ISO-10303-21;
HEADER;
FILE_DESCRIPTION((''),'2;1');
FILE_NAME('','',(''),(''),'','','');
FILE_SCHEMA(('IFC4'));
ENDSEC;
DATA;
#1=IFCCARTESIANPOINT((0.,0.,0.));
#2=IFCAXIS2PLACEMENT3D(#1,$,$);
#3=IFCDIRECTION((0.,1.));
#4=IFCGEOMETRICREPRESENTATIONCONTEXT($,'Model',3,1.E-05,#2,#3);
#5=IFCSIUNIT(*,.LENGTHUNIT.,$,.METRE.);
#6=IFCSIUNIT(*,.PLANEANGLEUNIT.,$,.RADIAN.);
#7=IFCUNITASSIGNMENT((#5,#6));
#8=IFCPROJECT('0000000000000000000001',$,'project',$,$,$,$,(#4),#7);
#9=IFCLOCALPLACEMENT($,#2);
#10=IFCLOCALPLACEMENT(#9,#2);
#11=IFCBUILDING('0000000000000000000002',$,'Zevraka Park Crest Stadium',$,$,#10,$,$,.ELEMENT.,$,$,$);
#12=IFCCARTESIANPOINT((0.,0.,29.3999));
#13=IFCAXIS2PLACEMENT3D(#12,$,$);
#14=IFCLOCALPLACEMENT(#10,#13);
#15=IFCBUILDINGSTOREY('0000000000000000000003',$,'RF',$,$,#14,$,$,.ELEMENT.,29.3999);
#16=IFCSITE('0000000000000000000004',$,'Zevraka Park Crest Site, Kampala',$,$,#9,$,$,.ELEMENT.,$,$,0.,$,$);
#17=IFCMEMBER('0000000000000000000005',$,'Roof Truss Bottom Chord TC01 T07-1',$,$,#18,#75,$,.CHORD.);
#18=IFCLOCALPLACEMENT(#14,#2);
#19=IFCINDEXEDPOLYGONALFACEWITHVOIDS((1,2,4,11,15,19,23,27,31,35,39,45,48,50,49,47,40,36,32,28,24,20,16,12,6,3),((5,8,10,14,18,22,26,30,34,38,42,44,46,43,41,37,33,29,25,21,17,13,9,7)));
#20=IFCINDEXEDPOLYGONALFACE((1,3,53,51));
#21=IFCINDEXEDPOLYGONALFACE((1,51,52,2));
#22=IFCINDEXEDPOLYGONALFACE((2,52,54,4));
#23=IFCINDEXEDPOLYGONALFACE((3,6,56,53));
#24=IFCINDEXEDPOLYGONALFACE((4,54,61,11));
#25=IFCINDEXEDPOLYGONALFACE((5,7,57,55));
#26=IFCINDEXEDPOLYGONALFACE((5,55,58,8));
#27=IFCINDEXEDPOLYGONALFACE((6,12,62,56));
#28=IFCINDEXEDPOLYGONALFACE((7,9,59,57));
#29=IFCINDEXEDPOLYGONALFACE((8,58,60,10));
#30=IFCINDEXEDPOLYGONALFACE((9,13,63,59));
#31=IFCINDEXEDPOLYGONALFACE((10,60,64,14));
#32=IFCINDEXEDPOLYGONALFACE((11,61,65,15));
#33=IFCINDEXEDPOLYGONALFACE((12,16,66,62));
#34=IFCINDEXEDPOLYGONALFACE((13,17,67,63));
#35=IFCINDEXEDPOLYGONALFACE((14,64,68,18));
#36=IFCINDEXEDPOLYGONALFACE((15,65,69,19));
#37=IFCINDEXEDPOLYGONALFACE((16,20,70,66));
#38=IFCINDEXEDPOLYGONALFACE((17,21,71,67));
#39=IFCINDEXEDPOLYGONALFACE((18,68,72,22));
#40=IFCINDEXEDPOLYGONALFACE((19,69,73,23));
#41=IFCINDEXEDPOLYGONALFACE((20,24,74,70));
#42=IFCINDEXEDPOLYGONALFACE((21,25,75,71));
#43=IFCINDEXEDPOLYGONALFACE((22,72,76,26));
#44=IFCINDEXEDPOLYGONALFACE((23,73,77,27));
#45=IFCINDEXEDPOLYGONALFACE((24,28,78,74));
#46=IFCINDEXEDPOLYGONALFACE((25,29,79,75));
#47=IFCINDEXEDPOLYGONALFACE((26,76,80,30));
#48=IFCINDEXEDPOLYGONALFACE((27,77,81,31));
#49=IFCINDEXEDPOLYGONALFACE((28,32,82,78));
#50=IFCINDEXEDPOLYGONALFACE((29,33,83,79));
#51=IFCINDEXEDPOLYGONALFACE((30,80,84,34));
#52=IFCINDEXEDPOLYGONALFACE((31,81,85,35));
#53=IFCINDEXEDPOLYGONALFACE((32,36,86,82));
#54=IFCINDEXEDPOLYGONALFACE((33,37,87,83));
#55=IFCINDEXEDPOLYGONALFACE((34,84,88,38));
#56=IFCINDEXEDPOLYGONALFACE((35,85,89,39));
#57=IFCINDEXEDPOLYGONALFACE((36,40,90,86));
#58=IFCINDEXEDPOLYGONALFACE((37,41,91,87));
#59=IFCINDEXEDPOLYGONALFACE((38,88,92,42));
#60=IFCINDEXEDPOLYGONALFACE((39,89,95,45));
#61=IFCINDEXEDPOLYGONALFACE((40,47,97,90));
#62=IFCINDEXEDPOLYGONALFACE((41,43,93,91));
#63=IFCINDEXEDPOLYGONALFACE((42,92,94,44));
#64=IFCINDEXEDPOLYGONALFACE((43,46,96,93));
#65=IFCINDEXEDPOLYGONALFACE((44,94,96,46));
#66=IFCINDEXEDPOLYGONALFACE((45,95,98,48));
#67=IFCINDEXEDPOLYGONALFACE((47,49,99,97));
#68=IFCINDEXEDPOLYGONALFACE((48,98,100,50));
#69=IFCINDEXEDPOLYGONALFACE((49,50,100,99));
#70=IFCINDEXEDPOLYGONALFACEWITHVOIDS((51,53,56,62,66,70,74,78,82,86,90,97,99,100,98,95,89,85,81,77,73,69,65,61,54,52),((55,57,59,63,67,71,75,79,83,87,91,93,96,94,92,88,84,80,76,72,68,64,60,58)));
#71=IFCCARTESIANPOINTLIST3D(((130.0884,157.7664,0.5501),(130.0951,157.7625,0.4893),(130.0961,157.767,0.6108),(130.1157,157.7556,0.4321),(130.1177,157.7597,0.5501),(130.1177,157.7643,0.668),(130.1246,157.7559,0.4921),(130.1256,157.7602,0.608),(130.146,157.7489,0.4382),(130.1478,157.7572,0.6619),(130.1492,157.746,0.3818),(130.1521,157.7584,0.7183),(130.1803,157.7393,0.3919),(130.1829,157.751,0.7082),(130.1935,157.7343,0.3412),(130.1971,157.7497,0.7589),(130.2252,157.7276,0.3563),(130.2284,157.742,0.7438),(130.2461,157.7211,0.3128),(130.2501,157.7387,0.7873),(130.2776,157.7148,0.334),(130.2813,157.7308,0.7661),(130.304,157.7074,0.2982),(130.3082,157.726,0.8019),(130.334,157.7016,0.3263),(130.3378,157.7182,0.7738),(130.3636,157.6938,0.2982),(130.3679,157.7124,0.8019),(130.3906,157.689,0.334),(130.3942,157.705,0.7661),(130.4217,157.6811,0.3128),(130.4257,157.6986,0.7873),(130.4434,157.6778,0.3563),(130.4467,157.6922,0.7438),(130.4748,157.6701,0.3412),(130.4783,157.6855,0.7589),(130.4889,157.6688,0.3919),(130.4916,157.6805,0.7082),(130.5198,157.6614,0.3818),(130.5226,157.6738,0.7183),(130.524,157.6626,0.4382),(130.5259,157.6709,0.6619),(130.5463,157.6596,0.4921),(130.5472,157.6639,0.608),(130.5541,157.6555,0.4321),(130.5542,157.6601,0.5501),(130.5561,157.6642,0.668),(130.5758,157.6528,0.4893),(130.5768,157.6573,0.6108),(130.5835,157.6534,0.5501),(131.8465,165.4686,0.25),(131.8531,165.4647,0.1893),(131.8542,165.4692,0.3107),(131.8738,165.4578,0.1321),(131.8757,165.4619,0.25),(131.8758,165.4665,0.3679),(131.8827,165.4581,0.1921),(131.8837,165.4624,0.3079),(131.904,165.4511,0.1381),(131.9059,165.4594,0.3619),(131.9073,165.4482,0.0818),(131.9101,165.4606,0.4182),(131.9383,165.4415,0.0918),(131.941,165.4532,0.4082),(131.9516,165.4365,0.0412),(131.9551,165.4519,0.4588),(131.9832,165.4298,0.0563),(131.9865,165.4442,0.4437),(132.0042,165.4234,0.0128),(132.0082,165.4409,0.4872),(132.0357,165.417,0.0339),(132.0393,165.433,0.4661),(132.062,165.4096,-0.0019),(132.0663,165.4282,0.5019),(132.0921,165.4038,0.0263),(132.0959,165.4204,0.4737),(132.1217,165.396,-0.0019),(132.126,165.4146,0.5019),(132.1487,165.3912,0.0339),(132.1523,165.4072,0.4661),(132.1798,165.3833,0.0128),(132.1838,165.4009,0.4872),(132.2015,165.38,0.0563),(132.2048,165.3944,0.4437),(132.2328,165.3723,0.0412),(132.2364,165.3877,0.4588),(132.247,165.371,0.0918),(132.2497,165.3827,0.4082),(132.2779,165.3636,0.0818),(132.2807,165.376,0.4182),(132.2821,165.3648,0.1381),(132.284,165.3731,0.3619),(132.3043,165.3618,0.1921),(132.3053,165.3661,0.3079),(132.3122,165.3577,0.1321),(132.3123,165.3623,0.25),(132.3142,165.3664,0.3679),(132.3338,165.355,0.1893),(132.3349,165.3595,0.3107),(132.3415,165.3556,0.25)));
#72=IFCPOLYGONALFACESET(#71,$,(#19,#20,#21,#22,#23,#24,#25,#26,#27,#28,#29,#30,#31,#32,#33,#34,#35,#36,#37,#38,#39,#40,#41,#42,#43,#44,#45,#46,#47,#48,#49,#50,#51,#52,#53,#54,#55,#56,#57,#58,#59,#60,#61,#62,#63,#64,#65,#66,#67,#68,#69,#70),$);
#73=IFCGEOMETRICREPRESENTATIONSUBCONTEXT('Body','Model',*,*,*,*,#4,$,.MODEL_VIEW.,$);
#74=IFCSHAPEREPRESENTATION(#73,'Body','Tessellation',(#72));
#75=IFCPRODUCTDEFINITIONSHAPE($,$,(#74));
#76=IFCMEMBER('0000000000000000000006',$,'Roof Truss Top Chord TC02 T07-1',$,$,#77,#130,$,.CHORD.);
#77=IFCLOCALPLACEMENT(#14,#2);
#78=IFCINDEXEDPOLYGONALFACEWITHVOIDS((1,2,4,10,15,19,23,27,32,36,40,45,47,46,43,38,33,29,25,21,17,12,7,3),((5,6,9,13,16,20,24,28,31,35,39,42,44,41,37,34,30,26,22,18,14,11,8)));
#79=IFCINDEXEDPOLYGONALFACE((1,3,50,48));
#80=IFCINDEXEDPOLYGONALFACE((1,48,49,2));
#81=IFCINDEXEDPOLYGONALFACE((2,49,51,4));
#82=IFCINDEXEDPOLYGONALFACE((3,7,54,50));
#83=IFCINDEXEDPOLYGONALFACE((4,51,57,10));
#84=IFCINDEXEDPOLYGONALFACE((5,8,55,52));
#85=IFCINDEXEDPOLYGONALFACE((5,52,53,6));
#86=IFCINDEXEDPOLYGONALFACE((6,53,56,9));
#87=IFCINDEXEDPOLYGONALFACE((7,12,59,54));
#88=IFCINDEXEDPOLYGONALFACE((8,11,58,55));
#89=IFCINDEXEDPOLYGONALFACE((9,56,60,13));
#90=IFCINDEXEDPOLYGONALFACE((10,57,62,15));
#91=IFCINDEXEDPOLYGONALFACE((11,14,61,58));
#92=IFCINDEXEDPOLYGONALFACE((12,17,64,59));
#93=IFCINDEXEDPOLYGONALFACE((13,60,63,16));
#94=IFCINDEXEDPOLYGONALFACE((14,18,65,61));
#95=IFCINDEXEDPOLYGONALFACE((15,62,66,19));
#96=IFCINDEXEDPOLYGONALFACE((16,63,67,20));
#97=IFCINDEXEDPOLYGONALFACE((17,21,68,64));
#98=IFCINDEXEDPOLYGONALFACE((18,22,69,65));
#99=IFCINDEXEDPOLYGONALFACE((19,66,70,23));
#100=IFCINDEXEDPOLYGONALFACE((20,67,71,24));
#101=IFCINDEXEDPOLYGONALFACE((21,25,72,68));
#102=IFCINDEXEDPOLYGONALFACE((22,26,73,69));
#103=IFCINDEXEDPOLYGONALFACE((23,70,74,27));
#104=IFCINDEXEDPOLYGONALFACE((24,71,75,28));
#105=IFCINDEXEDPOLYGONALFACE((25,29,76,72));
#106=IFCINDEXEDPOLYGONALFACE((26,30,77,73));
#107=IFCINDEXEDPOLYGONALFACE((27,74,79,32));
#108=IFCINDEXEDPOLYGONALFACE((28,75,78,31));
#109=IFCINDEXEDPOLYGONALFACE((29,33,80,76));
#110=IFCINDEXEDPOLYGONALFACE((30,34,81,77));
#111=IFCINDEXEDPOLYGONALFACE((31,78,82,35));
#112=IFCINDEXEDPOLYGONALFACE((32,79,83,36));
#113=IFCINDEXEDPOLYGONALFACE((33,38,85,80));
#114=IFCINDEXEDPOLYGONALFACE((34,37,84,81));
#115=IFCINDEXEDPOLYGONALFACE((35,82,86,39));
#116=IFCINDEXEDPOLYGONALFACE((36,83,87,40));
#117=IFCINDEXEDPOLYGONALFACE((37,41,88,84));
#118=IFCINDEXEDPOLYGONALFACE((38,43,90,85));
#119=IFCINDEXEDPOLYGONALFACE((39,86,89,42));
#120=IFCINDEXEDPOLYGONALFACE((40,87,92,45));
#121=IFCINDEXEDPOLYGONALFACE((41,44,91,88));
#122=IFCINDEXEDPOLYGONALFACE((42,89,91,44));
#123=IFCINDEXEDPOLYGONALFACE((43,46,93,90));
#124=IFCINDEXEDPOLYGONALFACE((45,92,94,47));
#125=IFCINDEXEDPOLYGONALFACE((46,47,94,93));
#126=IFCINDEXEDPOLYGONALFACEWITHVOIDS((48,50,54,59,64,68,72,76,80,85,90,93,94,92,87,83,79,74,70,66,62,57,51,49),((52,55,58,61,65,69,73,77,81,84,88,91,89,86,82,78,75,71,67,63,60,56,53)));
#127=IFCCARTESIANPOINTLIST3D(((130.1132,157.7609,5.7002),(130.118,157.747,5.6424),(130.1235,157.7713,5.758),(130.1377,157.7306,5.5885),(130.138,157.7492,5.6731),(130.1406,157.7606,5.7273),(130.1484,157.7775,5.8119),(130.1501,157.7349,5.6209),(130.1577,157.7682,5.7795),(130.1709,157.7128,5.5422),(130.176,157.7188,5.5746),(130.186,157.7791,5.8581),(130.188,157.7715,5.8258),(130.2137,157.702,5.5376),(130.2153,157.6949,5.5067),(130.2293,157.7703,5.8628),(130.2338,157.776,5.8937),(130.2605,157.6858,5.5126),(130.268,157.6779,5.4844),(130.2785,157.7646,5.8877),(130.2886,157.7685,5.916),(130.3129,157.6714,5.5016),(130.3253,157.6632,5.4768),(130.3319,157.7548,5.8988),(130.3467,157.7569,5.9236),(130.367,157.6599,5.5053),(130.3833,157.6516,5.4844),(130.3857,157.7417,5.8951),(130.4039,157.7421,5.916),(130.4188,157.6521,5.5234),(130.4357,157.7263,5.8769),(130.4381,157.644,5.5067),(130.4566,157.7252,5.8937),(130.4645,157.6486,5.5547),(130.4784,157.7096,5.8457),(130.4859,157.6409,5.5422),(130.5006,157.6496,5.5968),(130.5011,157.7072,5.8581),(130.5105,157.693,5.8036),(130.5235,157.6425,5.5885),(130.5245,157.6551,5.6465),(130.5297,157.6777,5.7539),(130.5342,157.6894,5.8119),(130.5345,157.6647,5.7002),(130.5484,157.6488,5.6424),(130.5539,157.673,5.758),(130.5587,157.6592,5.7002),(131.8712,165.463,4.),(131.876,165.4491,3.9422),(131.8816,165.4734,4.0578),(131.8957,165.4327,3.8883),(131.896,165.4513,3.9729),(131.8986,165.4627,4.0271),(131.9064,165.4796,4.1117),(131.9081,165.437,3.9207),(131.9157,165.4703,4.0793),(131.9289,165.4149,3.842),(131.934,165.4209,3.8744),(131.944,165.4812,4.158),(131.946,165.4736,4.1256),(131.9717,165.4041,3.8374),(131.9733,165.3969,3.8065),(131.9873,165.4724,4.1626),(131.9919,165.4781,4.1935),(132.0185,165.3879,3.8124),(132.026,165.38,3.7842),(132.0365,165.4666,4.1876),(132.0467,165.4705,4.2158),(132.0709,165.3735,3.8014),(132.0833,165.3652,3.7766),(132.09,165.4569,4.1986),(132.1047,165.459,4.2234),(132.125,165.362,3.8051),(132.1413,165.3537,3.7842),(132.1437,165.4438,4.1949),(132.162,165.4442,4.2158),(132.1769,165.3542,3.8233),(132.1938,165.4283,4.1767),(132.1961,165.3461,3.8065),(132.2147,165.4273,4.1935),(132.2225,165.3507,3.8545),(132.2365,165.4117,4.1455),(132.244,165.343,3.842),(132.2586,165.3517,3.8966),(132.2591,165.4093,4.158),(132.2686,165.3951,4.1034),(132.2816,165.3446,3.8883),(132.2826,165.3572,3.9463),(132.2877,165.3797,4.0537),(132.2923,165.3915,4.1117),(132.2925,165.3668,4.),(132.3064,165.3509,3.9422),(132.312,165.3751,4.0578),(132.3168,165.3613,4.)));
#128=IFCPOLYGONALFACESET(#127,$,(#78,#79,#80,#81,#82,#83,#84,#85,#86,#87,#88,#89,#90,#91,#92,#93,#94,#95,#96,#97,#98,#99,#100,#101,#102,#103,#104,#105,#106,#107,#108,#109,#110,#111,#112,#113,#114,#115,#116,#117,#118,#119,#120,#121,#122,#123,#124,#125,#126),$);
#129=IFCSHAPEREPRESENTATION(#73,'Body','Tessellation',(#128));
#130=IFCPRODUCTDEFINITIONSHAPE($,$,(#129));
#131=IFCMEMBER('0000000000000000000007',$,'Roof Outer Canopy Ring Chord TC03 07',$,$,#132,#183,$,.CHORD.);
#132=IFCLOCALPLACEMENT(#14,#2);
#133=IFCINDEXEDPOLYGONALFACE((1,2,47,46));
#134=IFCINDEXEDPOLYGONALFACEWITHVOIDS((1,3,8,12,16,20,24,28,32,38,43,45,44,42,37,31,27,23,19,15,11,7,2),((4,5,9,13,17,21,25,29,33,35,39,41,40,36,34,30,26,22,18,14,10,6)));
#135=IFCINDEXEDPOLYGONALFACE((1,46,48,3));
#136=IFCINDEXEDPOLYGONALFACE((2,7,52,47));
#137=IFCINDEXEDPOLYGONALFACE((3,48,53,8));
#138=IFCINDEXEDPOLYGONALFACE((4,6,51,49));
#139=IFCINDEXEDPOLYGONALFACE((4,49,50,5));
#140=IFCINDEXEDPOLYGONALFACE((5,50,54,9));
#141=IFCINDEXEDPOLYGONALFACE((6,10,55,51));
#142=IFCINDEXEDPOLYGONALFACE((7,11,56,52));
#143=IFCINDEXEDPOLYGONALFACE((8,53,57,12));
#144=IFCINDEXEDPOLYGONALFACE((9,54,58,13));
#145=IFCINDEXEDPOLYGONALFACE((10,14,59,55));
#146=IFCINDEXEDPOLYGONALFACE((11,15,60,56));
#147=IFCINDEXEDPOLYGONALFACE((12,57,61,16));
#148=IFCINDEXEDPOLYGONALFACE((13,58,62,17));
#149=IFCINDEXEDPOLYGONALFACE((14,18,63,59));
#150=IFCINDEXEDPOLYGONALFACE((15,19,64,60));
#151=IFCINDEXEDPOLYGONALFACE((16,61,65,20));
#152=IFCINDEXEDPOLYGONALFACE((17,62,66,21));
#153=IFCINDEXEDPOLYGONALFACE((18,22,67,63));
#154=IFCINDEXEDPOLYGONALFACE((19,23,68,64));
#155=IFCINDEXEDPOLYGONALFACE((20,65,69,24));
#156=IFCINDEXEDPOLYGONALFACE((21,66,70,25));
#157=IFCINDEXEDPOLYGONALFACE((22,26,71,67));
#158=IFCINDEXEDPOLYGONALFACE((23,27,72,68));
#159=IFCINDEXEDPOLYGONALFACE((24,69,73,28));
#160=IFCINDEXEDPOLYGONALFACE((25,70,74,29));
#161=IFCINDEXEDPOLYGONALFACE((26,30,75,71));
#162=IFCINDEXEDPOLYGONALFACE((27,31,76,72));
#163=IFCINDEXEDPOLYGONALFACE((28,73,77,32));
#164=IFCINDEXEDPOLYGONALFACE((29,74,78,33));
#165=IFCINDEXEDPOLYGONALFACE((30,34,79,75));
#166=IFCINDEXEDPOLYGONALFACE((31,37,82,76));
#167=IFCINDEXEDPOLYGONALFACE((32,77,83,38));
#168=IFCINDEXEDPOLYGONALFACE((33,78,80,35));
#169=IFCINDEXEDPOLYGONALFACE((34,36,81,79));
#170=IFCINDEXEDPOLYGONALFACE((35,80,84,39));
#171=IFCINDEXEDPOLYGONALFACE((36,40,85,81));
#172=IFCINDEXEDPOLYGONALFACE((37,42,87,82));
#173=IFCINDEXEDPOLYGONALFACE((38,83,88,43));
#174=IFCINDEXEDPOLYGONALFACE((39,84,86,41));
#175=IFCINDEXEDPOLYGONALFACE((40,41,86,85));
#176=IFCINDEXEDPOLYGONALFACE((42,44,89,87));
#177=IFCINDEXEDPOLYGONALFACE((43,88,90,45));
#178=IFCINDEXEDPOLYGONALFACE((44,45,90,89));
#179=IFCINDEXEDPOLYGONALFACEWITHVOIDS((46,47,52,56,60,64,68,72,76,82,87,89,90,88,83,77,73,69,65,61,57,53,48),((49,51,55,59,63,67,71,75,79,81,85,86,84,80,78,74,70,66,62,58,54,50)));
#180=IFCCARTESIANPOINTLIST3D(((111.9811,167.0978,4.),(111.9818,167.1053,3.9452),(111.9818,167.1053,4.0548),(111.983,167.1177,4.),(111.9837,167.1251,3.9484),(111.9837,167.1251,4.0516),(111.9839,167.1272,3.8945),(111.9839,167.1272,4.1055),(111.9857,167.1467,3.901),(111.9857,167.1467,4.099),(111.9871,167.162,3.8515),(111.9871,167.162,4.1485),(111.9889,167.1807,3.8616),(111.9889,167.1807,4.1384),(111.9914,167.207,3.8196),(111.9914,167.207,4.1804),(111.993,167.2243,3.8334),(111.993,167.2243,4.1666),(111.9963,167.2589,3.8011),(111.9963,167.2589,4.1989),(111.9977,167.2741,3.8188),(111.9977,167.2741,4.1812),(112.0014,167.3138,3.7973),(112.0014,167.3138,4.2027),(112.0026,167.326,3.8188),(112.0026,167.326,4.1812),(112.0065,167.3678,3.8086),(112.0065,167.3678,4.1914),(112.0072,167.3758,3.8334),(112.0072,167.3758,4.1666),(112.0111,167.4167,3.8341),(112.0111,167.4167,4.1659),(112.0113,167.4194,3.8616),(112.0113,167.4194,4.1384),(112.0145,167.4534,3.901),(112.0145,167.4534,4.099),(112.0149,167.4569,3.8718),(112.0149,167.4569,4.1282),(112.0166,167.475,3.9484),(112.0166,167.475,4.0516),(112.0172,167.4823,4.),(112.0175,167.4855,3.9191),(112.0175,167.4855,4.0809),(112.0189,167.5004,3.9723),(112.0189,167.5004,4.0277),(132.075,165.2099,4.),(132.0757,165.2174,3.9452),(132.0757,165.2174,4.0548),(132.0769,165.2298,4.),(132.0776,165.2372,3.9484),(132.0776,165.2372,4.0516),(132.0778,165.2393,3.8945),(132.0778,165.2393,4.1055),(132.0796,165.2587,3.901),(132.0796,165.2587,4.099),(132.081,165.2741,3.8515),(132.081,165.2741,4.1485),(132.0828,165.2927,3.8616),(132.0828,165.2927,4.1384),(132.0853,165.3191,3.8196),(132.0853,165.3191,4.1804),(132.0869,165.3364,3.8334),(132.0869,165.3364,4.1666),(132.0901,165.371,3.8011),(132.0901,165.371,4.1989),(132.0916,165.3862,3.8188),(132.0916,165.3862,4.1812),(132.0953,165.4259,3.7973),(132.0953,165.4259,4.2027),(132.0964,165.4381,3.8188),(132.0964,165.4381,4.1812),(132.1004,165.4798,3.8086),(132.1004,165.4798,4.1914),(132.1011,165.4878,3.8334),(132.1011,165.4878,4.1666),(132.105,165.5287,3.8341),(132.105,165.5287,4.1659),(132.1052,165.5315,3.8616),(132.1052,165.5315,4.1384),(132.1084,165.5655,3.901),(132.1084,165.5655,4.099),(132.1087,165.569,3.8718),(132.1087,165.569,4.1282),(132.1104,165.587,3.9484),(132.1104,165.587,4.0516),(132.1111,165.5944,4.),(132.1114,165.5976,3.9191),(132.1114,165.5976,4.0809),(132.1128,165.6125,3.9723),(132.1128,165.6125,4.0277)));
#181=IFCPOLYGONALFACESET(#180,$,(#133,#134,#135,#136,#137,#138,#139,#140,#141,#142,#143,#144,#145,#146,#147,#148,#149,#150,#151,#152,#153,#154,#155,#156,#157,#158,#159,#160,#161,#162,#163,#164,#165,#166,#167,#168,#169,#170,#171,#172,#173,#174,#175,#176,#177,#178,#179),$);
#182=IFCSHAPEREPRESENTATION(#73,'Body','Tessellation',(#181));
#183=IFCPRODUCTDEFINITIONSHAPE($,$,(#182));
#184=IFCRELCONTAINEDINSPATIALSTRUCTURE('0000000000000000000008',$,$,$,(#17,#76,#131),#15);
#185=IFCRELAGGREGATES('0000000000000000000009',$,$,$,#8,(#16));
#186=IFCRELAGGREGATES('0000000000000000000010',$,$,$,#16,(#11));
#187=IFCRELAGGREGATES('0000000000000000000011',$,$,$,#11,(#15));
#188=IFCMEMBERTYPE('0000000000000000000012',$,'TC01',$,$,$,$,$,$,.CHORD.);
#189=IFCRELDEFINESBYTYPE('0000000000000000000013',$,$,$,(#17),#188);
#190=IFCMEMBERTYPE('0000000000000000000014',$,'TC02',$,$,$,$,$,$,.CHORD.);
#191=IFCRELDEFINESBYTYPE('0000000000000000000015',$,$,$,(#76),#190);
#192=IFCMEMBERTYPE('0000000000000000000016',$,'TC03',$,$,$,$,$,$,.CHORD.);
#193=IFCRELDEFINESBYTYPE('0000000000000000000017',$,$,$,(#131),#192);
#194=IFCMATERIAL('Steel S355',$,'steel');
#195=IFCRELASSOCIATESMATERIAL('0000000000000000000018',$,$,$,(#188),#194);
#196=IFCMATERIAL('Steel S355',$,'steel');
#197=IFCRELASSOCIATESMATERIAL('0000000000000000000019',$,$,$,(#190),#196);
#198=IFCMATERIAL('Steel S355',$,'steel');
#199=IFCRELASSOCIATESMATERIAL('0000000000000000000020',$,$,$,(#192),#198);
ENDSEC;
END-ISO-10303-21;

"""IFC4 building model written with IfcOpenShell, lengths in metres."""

from ifc_helpers import new_model, si_unit, direction, frame, origin, origin_2d, place, context, subcontext, project, spatial, hollow_circle, extrude, material, material_profile, profile_set, type_object, element, save


model = new_model("IFC4")

# Units and contexts
model_context = context("Model", 3, precision=1e-05, world=origin(), true_north=direction((0.0, 1.0)))
body_context = subcontext(model_context, "Body", "Model", "MODEL_VIEW")
ifc_project = project(units=[si_unit("LENGTHUNIT", "METRE"), si_unit("PLANEANGLEUNIT", "RADIAN")], contexts=[model_context])

# Site, building, storey
site_placement = place(None, origin())
site = spatial("IfcSite", under=ifc_project, at=site_placement, Name="Zevraka Park Crest Site, Kampala", CompositionType="ELEMENT", RefElevation=0.0)
building_placement = place(site_placement, origin())
building = spatial("IfcBuilding", under=site, at=building_placement, Name="Zevraka Park Crest Stadium", CompositionType="ELEMENT")
storey_placement = place(building_placement, frame((0.0, 0.0, 29.3999)))
storey = spatial("IfcBuildingStorey", under=building, at=storey_placement, Name="RF", CompositionType="ELEMENT", Elevation=29.3999)

# Members
ifc_material_1 = material(Name="Steel S355", Category="steel")
ifc_material_profile_1 = material_profile(ifc_material_1, hollow_circle(Radius=0.2539, WallThickness=0.03, at=origin_2d()), Name="CHS 508.0x30")
ifc_profile_set_1 = profile_set([ifc_material_profile_1], Name="Steel S355")
member_type_1 = type_object("IfcMemberType", Name="TC01", PredefinedType="CHORD", material=ifc_profile_set_1)
member_1_placement = place(storey_placement, frame((132.094, 165.4121, 0.25), z_axis=(-0.222372, -0.974223, 0.037952), x_axis=(0.974925, -0.222532, 0.0)))
element("IfcMember", 1, at=member_1_placement, inside=storey, type_object=member_type_1, Name="Roof Truss Bottom Chord TC01 T07-1", PredefinedType="CHORD", context=body_context, shape_type="SweptSolid", body=[
    extrude(hollow_circle(Radius=0.2539, WallThickness=0.03, at=origin_2d()), origin(), (0.0, 0.0, 1.0), 7.906),
])
ifc_material_2 = material(Name="Steel S355", Category="steel")
ifc_material_profile_2 = material_profile(ifc_material_2, hollow_circle(Radius=0.2285, WallThickness=0.0249, at=origin_2d()), Name="CHS 457.0x25")
ifc_profile_set_2 = profile_set([ifc_material_profile_2], Name="Steel S355")
member_type_2 = type_object("IfcMemberType", Name="TC02", PredefinedType="CHORD", material=ifc_profile_set_2)
member_2_placement = place(storey_placement, frame((132.094, 165.4121, 4.0), z_axis=(-0.217551, -0.953104, 0.210391), x_axis=(0.974925, -0.222532, 0.0)))
element("IfcMember", 2, at=member_2_placement, inside=storey, type_object=member_type_2, Name="Roof Truss Top Chord TC02 T07-1", PredefinedType="CHORD", context=body_context, shape_type="SweptSolid", body=[
    extrude(hollow_circle(Radius=0.2285, WallThickness=0.0249, at=origin_2d()), origin(), (0.0, 0.0, 1.0), 8.0811),
])
ifc_material_3 = material(Name="Steel S355", Category="steel")
ifc_material_profile_3 = material_profile(ifc_material_3, hollow_circle(Radius=0.2031, WallThickness=0.02, at=origin_2d()), Name="CHS 406.4x20")
ifc_profile_set_3 = profile_set([ifc_material_profile_3], Name="Steel S355")
member_type_3 = type_object("IfcMemberType", Name="TC03", PredefinedType="CHORD", material=ifc_profile_set_3)
for number, where, z_axis, x_axis, name in (
    (3, (132.094, 165.4121, 4.0), (-0.995615, 0.093543, 0.0), (-0.093543, -0.995615, 0.0), "Roof Outer Canopy Ring Chord TC03 07"),
):
    element("IfcMember", number, at=place(storey_placement, frame(where, z_axis=z_axis, x_axis=x_axis)), inside=storey, type_object=member_type_3, Name=name, PredefinedType="CHORD", context=body_context, shape_type="SweptSolid", body=[
        extrude(hollow_circle(Radius=0.2031, WallThickness=0.02, at=origin_2d()), origin(), (0.0, 0.0, 1.0), 20.1824),
    ])

save(model, "model.ifc")
